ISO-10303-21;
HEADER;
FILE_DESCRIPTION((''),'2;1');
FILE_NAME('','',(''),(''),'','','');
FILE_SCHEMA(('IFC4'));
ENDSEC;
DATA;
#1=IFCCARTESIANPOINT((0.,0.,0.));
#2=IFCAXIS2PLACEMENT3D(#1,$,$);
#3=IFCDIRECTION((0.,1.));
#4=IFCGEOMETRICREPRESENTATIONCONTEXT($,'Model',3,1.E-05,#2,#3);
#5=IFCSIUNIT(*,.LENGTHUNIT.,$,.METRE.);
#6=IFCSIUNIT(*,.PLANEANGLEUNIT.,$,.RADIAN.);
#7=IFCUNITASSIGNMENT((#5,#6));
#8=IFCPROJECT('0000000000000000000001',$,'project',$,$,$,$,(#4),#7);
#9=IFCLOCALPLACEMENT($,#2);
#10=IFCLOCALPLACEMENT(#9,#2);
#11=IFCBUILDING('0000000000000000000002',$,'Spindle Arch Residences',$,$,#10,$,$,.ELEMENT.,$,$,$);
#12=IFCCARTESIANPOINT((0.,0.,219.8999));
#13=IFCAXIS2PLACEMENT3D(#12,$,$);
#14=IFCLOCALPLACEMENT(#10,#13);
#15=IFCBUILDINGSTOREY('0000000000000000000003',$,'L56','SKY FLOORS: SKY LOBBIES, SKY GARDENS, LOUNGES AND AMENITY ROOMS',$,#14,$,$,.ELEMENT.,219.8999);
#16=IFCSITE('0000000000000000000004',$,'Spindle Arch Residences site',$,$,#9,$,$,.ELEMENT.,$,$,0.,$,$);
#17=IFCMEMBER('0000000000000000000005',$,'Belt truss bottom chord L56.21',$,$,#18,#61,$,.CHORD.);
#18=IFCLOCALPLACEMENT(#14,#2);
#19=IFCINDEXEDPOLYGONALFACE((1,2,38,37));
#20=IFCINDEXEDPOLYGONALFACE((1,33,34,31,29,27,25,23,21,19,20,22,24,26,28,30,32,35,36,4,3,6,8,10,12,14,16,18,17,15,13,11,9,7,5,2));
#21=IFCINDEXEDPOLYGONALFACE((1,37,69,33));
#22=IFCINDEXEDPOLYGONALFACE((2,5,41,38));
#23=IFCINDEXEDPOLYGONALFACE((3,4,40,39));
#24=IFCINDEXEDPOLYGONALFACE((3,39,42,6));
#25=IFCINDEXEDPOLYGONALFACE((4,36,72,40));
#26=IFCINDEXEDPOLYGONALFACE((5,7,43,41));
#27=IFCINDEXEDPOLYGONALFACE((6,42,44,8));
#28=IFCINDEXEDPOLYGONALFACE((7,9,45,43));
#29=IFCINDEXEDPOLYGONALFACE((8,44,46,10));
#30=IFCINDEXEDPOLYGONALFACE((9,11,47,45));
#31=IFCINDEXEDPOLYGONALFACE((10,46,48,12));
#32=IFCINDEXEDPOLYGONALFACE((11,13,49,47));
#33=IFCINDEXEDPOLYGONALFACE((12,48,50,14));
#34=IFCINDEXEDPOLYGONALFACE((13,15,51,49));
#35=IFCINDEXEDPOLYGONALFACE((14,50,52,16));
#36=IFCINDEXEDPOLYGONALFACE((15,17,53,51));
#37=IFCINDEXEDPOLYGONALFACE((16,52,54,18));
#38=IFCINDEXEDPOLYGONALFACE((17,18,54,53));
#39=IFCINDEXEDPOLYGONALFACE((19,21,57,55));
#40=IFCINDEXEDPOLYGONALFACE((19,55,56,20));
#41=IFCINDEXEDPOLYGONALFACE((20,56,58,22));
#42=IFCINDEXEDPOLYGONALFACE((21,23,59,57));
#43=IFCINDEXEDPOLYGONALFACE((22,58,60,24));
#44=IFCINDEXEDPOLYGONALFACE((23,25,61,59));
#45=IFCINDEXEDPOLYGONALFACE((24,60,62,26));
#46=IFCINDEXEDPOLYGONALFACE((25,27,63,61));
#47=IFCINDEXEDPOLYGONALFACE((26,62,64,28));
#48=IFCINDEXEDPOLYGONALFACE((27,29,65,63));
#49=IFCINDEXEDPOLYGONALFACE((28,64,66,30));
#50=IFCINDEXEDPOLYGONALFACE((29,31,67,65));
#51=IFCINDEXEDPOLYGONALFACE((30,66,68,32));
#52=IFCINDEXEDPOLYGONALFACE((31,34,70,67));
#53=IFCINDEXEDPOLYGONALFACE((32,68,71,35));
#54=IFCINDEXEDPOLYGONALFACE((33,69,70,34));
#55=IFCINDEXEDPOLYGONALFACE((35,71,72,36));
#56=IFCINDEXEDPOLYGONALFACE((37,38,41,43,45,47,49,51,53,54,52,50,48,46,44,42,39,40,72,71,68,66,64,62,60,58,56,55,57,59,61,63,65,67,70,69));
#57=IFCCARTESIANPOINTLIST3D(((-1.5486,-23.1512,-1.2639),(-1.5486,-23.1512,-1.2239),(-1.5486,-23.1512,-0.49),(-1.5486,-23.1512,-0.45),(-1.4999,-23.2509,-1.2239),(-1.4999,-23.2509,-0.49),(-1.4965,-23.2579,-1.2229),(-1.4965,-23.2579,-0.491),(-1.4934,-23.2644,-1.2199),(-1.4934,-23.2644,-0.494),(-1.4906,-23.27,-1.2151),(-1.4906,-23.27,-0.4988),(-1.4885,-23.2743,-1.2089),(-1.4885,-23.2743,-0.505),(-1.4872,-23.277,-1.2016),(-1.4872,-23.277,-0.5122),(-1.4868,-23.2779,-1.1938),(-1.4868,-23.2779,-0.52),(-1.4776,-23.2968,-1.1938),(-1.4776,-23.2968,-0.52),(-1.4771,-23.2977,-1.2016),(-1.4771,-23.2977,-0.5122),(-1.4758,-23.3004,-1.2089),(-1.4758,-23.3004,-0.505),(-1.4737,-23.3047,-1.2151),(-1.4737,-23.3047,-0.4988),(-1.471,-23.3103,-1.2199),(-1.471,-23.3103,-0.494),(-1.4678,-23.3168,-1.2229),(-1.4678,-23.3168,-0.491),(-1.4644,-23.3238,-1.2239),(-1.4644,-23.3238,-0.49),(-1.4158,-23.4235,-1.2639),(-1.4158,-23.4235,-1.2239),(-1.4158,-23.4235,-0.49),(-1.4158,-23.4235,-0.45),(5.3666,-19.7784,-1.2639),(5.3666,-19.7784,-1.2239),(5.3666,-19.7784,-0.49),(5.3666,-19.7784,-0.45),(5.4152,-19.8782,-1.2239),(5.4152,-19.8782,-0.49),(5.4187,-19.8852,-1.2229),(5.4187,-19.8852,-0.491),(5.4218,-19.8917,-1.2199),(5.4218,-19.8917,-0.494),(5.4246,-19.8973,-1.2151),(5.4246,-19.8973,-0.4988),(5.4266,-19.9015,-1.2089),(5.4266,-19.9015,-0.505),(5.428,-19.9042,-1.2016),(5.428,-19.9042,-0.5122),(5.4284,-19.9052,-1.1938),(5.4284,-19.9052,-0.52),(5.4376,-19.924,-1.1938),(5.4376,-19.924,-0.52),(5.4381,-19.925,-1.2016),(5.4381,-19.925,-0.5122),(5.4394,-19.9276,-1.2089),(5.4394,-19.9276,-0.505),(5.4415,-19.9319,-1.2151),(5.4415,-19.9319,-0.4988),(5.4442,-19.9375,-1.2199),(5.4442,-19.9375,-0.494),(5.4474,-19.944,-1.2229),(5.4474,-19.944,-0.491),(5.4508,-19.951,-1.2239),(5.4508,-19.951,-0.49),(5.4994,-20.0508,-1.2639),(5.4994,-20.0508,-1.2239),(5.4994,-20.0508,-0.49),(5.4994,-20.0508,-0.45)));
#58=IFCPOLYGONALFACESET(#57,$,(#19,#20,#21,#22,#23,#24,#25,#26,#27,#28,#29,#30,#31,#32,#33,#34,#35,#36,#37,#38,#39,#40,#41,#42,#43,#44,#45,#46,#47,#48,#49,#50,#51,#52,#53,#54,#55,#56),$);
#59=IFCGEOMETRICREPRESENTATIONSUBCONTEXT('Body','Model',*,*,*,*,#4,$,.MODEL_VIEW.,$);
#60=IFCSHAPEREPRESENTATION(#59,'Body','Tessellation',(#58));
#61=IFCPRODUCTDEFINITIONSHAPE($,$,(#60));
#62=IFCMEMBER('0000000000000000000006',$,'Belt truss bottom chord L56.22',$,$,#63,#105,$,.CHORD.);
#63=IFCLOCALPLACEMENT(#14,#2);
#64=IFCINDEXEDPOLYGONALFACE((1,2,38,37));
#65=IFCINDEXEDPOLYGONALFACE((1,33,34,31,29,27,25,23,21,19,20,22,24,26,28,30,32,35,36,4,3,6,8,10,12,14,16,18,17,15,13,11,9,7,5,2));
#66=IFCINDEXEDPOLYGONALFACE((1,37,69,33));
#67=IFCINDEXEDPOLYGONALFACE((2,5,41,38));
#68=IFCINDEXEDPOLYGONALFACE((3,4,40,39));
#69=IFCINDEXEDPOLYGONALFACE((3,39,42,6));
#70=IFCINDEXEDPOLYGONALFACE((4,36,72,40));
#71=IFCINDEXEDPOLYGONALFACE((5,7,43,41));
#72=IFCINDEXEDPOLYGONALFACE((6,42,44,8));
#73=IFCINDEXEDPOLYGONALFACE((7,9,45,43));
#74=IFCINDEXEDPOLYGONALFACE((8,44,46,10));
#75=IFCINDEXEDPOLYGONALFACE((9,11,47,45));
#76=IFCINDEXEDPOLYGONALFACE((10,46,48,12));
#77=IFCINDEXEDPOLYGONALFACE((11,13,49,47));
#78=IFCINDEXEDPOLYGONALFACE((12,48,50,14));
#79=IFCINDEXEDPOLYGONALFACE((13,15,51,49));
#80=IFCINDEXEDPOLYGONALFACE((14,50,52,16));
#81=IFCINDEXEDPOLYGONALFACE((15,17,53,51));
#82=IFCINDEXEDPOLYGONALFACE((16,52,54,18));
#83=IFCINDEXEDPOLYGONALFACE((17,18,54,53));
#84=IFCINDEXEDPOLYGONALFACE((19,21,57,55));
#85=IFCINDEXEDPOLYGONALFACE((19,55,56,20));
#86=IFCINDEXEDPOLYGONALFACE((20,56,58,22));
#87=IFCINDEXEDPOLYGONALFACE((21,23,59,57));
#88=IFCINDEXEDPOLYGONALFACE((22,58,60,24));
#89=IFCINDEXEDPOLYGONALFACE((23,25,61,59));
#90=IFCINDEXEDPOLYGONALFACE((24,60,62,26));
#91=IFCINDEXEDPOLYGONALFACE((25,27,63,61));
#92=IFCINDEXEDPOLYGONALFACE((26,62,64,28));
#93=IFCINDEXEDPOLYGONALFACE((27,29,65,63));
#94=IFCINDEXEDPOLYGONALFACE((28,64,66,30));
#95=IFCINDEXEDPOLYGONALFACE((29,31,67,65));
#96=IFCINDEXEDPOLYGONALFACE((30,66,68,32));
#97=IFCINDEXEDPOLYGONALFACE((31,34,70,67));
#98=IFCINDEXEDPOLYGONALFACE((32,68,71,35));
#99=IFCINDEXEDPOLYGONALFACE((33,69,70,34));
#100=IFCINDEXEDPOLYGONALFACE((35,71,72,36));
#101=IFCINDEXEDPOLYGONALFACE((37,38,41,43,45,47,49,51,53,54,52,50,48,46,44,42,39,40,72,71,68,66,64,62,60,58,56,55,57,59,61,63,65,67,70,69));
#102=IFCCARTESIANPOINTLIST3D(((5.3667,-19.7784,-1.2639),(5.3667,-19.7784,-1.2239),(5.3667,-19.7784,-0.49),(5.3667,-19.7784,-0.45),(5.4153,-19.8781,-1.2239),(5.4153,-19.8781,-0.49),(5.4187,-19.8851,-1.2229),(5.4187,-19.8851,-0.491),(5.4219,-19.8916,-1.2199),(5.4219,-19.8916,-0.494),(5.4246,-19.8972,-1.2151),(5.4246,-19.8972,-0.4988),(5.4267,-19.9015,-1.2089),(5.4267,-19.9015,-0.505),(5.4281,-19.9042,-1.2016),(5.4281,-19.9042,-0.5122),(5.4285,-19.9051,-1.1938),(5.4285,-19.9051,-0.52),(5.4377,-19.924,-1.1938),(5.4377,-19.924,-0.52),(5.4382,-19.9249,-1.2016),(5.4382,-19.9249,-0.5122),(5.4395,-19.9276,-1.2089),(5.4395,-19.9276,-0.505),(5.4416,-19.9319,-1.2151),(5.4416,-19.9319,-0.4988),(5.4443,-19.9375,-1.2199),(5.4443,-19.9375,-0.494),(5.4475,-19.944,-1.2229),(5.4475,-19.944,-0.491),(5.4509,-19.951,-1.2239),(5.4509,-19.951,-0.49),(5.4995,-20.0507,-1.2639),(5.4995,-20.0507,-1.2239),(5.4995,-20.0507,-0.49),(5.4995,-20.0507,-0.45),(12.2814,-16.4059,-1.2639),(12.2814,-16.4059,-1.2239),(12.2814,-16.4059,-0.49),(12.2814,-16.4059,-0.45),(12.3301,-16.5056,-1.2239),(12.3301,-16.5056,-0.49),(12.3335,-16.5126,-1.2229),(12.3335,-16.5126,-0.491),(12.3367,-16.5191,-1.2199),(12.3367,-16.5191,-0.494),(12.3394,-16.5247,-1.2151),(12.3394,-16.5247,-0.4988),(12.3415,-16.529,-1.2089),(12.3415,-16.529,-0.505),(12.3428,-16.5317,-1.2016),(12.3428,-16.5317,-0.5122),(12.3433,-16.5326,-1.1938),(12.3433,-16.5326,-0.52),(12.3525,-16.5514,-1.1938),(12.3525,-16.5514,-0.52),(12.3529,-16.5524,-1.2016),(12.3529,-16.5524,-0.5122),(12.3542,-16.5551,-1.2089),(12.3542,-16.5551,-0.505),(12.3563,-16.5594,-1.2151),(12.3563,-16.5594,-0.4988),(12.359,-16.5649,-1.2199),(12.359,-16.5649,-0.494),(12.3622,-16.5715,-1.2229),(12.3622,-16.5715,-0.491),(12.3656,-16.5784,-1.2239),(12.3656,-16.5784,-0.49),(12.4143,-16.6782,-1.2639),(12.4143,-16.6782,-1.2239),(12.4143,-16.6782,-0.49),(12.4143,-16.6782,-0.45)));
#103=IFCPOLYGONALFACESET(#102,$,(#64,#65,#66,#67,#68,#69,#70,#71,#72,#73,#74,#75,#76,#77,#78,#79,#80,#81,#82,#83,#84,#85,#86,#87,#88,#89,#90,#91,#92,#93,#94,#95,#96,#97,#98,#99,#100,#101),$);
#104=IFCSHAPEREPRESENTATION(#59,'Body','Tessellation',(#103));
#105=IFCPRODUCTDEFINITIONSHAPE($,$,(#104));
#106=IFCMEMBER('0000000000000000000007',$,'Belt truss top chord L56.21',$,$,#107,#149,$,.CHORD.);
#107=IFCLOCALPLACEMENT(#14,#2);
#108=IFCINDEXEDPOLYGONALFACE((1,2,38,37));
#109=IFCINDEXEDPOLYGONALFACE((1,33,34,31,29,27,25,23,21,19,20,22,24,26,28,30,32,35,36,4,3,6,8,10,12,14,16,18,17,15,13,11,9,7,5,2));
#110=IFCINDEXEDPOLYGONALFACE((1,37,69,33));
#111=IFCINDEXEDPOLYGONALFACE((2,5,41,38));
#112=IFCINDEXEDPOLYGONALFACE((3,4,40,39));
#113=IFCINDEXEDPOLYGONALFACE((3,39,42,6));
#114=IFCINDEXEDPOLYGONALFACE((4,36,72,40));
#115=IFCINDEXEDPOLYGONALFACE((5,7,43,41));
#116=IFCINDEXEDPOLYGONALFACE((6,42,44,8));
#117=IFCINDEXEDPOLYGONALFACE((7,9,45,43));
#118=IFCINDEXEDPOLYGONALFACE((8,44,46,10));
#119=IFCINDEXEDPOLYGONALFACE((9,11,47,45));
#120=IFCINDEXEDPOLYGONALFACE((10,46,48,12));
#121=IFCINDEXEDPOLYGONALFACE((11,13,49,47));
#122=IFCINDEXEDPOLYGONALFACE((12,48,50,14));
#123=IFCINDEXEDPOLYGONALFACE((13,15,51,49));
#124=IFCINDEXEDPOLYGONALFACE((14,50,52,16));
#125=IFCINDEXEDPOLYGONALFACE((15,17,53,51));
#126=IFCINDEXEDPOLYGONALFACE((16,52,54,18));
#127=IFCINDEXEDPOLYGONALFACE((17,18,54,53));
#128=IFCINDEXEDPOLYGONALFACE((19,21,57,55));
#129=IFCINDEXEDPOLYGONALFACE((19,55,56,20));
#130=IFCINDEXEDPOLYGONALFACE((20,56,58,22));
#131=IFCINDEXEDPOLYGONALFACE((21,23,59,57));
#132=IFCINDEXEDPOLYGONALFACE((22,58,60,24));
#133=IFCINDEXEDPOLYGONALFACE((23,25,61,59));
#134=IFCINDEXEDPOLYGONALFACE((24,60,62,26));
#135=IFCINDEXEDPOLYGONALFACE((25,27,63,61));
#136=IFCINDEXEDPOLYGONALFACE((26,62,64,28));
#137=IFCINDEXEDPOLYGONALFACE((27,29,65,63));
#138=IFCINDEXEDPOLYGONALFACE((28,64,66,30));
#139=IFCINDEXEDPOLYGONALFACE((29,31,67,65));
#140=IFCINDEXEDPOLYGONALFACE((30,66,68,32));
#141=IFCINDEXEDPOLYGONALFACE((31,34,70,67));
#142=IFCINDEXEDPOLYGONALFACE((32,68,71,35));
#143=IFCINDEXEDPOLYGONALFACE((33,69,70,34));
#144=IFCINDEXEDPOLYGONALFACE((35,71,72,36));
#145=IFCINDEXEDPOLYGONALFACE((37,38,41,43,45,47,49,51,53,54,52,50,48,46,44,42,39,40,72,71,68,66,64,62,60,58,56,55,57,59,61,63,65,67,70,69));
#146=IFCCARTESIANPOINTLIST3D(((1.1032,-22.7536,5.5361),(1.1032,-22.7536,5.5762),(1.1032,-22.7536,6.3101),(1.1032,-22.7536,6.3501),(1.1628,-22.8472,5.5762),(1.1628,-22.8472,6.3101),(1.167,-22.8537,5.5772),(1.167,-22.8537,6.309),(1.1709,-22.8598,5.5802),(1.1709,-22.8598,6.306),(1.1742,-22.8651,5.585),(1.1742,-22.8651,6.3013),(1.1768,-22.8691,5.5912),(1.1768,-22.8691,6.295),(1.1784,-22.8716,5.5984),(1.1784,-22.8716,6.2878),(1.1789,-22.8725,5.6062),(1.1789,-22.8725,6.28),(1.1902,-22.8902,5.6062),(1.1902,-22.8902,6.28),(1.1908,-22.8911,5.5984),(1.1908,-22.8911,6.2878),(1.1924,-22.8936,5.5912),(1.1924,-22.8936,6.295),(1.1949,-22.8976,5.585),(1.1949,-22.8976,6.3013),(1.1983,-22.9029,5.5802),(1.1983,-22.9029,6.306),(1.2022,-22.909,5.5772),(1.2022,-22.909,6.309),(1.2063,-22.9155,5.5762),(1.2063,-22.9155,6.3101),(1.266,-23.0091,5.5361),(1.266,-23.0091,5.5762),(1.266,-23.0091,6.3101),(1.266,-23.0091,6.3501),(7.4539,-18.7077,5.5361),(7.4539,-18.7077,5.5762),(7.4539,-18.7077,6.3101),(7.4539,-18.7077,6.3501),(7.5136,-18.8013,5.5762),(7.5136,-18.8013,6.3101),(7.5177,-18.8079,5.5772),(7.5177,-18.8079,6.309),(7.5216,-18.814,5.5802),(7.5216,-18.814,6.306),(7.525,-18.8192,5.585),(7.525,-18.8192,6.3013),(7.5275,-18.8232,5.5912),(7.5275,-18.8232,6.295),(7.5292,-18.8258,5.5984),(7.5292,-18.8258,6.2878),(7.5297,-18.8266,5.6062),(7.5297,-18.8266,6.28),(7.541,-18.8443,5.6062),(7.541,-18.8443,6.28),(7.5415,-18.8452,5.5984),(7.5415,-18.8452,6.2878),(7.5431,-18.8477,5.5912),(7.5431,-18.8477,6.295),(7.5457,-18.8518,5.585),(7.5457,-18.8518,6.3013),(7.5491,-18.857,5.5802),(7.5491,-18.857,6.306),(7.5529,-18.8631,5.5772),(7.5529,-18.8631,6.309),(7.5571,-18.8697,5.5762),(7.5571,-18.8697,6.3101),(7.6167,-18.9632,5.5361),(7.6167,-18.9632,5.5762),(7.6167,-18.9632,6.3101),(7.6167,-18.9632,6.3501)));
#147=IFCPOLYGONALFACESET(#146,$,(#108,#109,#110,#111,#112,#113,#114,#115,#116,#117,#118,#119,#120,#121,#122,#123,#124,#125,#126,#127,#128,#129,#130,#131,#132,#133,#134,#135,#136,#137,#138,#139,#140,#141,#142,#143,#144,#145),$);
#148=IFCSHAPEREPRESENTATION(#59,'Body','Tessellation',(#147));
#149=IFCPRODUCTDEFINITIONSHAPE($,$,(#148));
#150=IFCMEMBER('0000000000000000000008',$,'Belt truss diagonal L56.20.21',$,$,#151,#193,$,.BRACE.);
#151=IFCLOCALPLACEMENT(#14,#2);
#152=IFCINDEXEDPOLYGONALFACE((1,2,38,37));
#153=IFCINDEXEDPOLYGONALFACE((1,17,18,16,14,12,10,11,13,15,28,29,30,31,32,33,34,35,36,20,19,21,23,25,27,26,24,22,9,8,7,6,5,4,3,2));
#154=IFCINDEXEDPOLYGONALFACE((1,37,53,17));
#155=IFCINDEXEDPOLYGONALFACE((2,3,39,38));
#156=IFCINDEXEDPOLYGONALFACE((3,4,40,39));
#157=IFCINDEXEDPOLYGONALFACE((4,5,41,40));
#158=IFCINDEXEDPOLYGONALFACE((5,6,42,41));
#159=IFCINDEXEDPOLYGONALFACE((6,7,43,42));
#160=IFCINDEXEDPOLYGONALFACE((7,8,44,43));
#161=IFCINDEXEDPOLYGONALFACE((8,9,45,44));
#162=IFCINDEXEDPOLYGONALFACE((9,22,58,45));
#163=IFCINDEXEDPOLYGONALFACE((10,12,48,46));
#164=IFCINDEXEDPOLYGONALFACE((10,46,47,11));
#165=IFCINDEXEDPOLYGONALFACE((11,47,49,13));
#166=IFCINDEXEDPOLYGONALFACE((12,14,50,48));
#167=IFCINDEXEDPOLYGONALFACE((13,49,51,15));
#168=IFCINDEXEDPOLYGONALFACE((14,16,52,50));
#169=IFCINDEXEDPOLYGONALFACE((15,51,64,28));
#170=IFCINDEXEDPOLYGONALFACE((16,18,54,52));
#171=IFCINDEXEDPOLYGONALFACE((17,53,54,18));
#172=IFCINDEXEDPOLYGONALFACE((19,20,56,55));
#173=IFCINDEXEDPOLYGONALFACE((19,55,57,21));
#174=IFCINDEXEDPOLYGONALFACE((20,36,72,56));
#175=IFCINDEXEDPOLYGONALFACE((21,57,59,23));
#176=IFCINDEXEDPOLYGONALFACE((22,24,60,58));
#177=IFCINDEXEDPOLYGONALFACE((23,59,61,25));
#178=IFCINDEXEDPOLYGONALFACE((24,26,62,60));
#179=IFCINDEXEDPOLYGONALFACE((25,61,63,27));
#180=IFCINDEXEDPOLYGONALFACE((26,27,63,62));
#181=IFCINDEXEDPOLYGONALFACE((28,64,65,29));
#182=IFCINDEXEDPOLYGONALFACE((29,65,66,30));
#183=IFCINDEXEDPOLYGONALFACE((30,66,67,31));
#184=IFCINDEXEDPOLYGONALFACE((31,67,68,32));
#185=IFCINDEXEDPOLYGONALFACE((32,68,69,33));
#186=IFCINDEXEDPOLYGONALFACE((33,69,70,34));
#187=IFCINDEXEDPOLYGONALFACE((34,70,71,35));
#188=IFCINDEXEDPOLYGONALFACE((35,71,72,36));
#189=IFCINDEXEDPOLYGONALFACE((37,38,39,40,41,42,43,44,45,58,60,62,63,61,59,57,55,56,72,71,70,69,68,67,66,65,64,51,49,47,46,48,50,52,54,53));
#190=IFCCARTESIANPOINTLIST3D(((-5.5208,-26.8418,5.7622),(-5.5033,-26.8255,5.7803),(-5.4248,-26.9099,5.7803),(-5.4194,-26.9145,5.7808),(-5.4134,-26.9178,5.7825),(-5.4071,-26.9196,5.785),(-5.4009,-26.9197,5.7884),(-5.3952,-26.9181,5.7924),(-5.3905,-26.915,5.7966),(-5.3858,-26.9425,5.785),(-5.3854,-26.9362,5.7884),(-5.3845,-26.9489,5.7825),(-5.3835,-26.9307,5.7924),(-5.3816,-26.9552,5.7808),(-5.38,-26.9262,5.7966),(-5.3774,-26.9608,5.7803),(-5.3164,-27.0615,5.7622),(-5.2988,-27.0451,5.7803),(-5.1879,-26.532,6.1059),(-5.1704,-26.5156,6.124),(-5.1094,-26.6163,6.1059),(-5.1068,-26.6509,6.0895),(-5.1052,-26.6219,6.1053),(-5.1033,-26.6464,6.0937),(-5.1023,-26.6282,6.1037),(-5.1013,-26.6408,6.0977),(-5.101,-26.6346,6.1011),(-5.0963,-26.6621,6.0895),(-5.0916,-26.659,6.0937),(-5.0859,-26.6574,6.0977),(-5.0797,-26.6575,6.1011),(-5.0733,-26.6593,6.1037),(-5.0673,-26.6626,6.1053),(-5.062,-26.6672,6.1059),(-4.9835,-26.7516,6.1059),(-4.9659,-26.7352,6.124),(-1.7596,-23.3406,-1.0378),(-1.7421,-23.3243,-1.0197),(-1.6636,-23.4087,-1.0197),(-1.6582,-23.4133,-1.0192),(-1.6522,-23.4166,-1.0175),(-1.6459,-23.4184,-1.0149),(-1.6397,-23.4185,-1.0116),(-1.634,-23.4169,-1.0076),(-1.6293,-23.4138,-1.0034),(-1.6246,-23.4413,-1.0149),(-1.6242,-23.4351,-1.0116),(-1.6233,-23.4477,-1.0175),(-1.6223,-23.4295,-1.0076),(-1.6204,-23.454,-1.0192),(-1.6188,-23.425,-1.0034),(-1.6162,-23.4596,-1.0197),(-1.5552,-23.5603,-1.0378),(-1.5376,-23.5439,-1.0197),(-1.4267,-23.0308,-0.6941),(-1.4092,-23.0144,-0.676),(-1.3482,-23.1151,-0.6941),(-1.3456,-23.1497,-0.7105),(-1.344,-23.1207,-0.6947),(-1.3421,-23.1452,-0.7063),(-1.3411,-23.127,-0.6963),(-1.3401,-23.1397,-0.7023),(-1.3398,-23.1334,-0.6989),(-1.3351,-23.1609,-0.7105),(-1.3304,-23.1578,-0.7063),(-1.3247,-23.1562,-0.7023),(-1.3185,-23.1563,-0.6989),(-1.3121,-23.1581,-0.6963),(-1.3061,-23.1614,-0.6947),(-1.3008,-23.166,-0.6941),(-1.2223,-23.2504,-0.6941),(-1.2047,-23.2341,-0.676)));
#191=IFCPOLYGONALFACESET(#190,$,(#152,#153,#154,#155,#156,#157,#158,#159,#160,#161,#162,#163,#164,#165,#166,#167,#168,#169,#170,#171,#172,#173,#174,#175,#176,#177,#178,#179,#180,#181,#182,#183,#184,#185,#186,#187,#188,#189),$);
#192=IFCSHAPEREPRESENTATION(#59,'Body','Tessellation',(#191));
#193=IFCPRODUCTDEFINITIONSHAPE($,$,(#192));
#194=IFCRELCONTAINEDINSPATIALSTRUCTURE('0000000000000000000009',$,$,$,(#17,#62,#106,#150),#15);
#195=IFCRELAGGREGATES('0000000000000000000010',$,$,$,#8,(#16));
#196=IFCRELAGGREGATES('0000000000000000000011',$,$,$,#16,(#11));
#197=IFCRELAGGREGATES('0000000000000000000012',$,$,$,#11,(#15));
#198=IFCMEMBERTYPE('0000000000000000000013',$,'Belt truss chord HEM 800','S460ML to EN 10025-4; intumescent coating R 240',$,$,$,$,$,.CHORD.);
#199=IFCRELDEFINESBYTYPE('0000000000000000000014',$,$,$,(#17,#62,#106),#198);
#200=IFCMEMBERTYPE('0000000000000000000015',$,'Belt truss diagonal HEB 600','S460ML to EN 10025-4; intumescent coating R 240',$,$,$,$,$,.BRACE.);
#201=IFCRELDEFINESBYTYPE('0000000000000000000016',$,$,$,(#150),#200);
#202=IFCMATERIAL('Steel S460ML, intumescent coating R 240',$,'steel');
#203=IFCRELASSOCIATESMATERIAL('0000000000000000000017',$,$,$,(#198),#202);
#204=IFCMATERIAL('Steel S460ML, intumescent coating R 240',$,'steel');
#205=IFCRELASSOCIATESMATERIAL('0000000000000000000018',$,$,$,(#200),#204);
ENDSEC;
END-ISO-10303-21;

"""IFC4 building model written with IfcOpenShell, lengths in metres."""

from ifc_helpers import new_model, si_unit, direction, frame, origin, origin_2d, place, context, subcontext, project, spatial, i_section, extrude, material, material_profile, profile_set, type_object, element, save


model = new_model("IFC4")

# Units and contexts
model_context = context("Model", 3, precision=1e-05, world=origin(), true_north=direction((0.0, 1.0)))
body_context = subcontext(model_context, "Body", "Model", "MODEL_VIEW")
ifc_project = project(units=[si_unit("LENGTHUNIT", "METRE"), si_unit("PLANEANGLEUNIT", "RADIAN")], contexts=[model_context])

# Site, building, storey
site_placement = place(None, origin())
site = spatial("IfcSite", under=ifc_project, at=site_placement, Name="Spindle Arch Residences site", CompositionType="ELEMENT", RefElevation=0.0)
building_placement = place(site_placement, origin())
building = spatial("IfcBuilding", under=site, at=building_placement, Name="Spindle Arch Residences", CompositionType="ELEMENT")
storey_placement = place(building_placement, frame((0.0, 0.0, 219.8999)))
storey = spatial("IfcBuildingStorey", under=building, at=storey_placement, Name="L56", Description="SKY FLOORS: SKY LOBBIES, SKY GARDENS, LOUNGES AND AMENITY ROOMS", CompositionType="ELEMENT", Elevation=219.8999)

# Members
ifc_material_1 = material(Name="Steel S460ML, intumescent coating R 240", Category="steel")
ifc_material_profile_1 = material_profile(ifc_material_1, i_section(OverallWidth=0.303, OverallDepth=0.814, WebThickness=0.021, FlangeThickness=0.04, FilletRadius=0.03, at=origin_2d()), Name="HEM 800")
ifc_profile_set_1 = profile_set([ifc_material_profile_1], Name="Steel S460ML, intumescent coating R 240")
member_type_1 = type_object("IfcMemberType", Name="Belt truss chord HEM 800", Description="S460ML to EN 10025-4; intumescent coating R 240", PredefinedType="CHORD", material=ifc_profile_set_1)
member_1_placement = place(storey_placement, frame((-1.4822, -23.2874, -0.8569), z_axis=(0.898794, 0.43837, 0.0), x_axis=(-0.43837, 0.898794, 0.0)))
element("IfcMember", 1, at=member_1_placement, inside=storey, type_object=member_type_1, Name="Belt truss bottom chord L56.21", PredefinedType="CHORD", context=body_context, shape_type="SweptSolid", body=[
    extrude(i_section(OverallWidth=0.303, OverallDepth=0.814, WebThickness=0.021, FlangeThickness=0.04, FilletRadius=0.03, at=origin_2d()), origin(), (0.0, 0.0, 1.0), 7.6938),
])
member_2_placement = place(storey_placement, frame((5.4331, -19.9146, -0.8569), z_axis=(0.898795, 0.43837, 0.0), x_axis=(-0.43837, 0.898795, 0.0)))
element("IfcMember", 2, at=member_2_placement, inside=storey, type_object=member_type_1, Name="Belt truss bottom chord L56.22", PredefinedType="CHORD", context=body_context, shape_type="SweptSolid", body=[
    extrude(i_section(OverallWidth=0.303, OverallDepth=0.814, WebThickness=0.021, FlangeThickness=0.04, FilletRadius=0.03, at=origin_2d()), origin(), (0.0, 0.0, 1.0), 7.6934),
])
member_3_placement = place(storey_placement, frame((1.1846, -22.8813, 5.9431), z_axis=(0.843393, 0.537297, 0.0), x_axis=(-0.537297, 0.843393, 0.0)))
element("IfcMember", 3, at=member_3_placement, inside=storey, type_object=member_type_1, Name="Belt truss top chord L56.21", PredefinedType="CHORD", context=body_context, shape_type="SweptSolid", body=[
    extrude(i_section(OverallWidth=0.303, OverallDepth=0.814, WebThickness=0.021, FlangeThickness=0.04, FilletRadius=0.03, at=origin_2d()), origin(), (0.0, 0.0, 1.0), 7.53),
])
ifc_material_2 = material(Name="Steel S460ML, intumescent coating R 240", Category="steel")
ifc_material_profile_2 = material_profile(ifc_material_2, i_section(OverallWidth=0.3, OverallDepth=0.6001, WebThickness=0.0154, FlangeThickness=0.03, FilletRadius=0.0271, at=origin_2d()), Name="HEB 600")
ifc_profile_set_2 = profile_set([ifc_material_profile_2], Name="Steel S460ML, intumescent coating R 240")
member_type_2 = type_object("IfcMemberType", Name="Belt truss diagonal HEB 600", Description="S460ML to EN 10025-4; intumescent coating R 240", PredefinedType="BRACE", material=ifc_profile_set_2)
member_4_placement = place(storey_placement, frame((-1.4822, -23.2874, -0.8569), z_axis=(-0.44129, -0.410784, 0.797822), x_axis=(0.681354, -0.731954, 0.0)))
element("IfcMember", 4, at=member_4_placement, inside=storey, type_object=member_type_2, Name="Belt truss diagonal L56.20.21", PredefinedType="BRACE", context=body_context, shape_type="SweptSolid", body=[
    extrude(i_section(OverallWidth=0.3, OverallDepth=0.6001, WebThickness=0.0154, FlangeThickness=0.03, FilletRadius=0.0271, at=origin_2d()), origin(), (0.0, 0.0, 1.0), 8.5232),
])

save(model, "model.ifc")
